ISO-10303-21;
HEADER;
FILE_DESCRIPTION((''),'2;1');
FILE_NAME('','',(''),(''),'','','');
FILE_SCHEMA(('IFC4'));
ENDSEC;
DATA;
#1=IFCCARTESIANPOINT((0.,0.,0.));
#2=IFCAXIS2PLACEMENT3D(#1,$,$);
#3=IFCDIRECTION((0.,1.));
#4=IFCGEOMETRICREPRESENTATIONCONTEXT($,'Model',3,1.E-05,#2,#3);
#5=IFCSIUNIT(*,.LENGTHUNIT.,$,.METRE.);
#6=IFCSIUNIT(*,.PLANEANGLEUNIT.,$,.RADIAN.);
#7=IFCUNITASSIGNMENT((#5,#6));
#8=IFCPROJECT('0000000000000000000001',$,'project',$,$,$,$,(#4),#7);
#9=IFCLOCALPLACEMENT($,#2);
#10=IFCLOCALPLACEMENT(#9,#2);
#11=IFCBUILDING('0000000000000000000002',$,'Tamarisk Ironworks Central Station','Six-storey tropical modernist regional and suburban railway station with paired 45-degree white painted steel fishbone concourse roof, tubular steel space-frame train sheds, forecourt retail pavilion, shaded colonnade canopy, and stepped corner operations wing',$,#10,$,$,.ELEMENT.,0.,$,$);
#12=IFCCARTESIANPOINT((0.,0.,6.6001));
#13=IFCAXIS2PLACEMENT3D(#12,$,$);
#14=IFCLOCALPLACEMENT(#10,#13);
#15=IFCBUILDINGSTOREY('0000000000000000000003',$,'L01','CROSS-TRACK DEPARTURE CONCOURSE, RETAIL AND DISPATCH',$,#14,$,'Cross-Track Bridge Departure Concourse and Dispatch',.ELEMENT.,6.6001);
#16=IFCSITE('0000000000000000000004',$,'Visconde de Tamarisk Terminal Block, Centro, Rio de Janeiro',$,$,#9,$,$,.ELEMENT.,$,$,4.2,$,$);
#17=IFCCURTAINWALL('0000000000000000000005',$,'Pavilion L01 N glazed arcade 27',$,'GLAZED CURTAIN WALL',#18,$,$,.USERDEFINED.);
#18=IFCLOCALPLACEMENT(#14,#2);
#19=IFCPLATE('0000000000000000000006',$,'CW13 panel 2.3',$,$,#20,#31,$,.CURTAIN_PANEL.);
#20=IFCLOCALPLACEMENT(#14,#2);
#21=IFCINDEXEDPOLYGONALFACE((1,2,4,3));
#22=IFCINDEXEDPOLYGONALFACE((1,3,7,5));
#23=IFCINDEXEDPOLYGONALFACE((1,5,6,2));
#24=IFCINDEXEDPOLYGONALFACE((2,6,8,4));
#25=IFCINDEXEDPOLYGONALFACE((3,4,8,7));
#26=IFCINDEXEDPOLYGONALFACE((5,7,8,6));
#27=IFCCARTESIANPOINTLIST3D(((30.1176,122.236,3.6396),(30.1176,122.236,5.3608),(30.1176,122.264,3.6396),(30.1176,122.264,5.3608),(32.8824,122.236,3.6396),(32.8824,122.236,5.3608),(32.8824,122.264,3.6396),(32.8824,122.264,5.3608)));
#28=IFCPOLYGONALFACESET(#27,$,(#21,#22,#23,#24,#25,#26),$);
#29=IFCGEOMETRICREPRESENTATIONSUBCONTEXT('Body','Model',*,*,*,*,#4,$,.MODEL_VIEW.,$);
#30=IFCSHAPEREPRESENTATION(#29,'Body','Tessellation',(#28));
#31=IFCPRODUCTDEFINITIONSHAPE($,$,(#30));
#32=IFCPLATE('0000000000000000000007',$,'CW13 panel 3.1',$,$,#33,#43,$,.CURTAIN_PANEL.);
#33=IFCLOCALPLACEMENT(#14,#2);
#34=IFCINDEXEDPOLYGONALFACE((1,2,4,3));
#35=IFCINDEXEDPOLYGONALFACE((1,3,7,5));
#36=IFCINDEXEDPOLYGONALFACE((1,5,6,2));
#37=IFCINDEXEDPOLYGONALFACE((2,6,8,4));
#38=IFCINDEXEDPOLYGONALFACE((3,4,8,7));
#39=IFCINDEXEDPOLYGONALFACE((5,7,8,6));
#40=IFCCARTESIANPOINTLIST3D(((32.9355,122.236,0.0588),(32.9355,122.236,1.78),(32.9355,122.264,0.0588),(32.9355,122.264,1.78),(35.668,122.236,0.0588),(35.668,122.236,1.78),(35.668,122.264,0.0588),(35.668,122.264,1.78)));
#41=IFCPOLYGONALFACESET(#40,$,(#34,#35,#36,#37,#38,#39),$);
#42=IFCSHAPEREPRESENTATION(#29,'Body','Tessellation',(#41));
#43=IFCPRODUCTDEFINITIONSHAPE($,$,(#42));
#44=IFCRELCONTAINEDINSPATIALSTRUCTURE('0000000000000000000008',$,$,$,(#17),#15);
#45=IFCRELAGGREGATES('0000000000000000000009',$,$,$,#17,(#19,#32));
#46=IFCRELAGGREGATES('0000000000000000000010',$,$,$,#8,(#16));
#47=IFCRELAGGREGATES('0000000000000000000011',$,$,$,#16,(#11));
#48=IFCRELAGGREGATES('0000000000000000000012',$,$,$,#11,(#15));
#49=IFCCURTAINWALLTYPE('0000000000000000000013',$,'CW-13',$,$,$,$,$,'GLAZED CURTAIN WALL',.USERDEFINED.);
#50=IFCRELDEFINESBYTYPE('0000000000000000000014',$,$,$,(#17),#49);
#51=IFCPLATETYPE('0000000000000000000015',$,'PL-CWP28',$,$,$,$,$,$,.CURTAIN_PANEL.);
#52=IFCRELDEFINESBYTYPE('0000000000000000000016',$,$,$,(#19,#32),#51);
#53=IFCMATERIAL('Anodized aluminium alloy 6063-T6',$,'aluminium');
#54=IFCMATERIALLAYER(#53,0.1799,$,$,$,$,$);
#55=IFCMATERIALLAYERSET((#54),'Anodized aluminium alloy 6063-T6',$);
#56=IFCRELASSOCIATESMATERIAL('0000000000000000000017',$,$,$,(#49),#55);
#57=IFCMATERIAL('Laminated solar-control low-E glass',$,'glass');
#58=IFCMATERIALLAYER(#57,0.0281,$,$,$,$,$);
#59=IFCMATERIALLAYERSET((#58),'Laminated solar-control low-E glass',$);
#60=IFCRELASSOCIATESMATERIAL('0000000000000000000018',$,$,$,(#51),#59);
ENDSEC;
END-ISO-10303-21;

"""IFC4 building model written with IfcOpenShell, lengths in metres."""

from ifc_helpers import new_model, si_unit, direction, frame, origin, origin_2d, place, context, subcontext, project, spatial, rectangle, extrude, material, layer, layer_set, type_object, element, aggregate, save


model = new_model("IFC4")

# Units and contexts
model_context = context("Model", 3, precision=1e-05, world=origin(), true_north=direction((0.0, 1.0)))
body_context = subcontext(model_context, "Body", "Model", "MODEL_VIEW")
ifc_project = project(units=[si_unit("LENGTHUNIT", "METRE"), si_unit("PLANEANGLEUNIT", "RADIAN")], contexts=[model_context])

# Site, building, storey
site_placement = place(None, origin())
site = spatial("IfcSite", under=ifc_project, at=site_placement, Name="Visconde de Tamarisk Terminal Block, Centro, Rio de Janeiro", CompositionType="ELEMENT", RefElevation=4.2)
building_placement = place(site_placement, origin())
building = spatial("IfcBuilding", under=site, at=building_placement, Name="Tamarisk Ironworks Central Station", Description="Six-storey tropical modernist regional and suburban railway station with paired 45-degree white painted steel fishbone concourse roof, tubular steel space-frame train sheds, forecourt retail pavilion, shaded colonnade canopy, and stepped corner operations wing", CompositionType="ELEMENT", ElevationOfRefHeight=0.0)
storey_placement = place(building_placement, frame((0.0, 0.0, 6.6001)))
storey = spatial("IfcBuildingStorey", under=building, at=storey_placement, Name="L01", Description="CROSS-TRACK DEPARTURE CONCOURSE, RETAIL AND DISPATCH", LongName="Cross-Track Bridge Departure Concourse and Dispatch", CompositionType="ELEMENT", Elevation=6.6001)

# Shared definitions
ifc_material_1 = material(Name="Anodized aluminium alloy 6063-T6", Category="aluminium")
ifc_layer_1 = layer(ifc_material_1, 0.1799)
ifc_layer_set_1 = layer_set([ifc_layer_1], Name="Anodized aluminium alloy 6063-T6")
curtain_wall_type = type_object("IfcCurtainWallType", Name="CW-13", ElementType="GLAZED CURTAIN WALL", PredefinedType="USERDEFINED", material=ifc_layer_set_1)

# Curtain wall, plates
curtain_wall_1_placement = place(storey_placement, origin())
curtain_wall_1 = element("IfcCurtainWall", 1, at=curtain_wall_1_placement, inside=storey, type_object=curtain_wall_type, Name="Pavilion L01 N glazed arcade 27", ObjectType="GLAZED CURTAIN WALL", PredefinedType="USERDEFINED")
ifc_material_2 = material(Name="Laminated solar-control low-E glass", Category="glass")
ifc_layer_2 = layer(ifc_material_2, 0.0281)
ifc_layer_set_2 = layer_set([ifc_layer_2], Name="Laminated solar-control low-E glass")
plate_type = type_object("IfcPlateType", Name="PL-CWP28", PredefinedType="CURTAIN_PANEL", material=ifc_layer_set_2)
plate_1_placement = place(storey_placement, frame((31.5, 122.25, 3.6396), z_axis=(0.0, 0.0, 1.0), x_axis=(1.0, 0.0, 0.0)))
plate_1 = element("IfcPlate", 2, at=plate_1_placement, type_object=plate_type, Name="CW13 panel 2.3", PredefinedType="CURTAIN_PANEL", context=body_context, shape_type="SweptSolid", body=[
    extrude(rectangle(XDim=2.7649, YDim=0.0281, at=origin_2d()), origin(), (0.0, 0.0, 1.0), 1.7212),
])
plate_2_placement = place(storey_placement, frame((34.3018, 122.25, 0.0588), z_axis=(0.0, 0.0, 1.0), x_axis=(1.0, 0.0, 0.0)))
plate_2 = element("IfcPlate", 3, at=plate_2_placement, type_object=plate_type, Name="CW13 panel 3.1", PredefinedType="CURTAIN_PANEL", context=body_context, shape_type="SweptSolid", body=[
    extrude(rectangle(XDim=2.7324, YDim=0.0281, at=origin_2d()), origin(), (0.0, 0.0, 1.0), 1.7212),
])
aggregate(curtain_wall_1, [plate_1, plate_2])

save(model, "model.ifc")
